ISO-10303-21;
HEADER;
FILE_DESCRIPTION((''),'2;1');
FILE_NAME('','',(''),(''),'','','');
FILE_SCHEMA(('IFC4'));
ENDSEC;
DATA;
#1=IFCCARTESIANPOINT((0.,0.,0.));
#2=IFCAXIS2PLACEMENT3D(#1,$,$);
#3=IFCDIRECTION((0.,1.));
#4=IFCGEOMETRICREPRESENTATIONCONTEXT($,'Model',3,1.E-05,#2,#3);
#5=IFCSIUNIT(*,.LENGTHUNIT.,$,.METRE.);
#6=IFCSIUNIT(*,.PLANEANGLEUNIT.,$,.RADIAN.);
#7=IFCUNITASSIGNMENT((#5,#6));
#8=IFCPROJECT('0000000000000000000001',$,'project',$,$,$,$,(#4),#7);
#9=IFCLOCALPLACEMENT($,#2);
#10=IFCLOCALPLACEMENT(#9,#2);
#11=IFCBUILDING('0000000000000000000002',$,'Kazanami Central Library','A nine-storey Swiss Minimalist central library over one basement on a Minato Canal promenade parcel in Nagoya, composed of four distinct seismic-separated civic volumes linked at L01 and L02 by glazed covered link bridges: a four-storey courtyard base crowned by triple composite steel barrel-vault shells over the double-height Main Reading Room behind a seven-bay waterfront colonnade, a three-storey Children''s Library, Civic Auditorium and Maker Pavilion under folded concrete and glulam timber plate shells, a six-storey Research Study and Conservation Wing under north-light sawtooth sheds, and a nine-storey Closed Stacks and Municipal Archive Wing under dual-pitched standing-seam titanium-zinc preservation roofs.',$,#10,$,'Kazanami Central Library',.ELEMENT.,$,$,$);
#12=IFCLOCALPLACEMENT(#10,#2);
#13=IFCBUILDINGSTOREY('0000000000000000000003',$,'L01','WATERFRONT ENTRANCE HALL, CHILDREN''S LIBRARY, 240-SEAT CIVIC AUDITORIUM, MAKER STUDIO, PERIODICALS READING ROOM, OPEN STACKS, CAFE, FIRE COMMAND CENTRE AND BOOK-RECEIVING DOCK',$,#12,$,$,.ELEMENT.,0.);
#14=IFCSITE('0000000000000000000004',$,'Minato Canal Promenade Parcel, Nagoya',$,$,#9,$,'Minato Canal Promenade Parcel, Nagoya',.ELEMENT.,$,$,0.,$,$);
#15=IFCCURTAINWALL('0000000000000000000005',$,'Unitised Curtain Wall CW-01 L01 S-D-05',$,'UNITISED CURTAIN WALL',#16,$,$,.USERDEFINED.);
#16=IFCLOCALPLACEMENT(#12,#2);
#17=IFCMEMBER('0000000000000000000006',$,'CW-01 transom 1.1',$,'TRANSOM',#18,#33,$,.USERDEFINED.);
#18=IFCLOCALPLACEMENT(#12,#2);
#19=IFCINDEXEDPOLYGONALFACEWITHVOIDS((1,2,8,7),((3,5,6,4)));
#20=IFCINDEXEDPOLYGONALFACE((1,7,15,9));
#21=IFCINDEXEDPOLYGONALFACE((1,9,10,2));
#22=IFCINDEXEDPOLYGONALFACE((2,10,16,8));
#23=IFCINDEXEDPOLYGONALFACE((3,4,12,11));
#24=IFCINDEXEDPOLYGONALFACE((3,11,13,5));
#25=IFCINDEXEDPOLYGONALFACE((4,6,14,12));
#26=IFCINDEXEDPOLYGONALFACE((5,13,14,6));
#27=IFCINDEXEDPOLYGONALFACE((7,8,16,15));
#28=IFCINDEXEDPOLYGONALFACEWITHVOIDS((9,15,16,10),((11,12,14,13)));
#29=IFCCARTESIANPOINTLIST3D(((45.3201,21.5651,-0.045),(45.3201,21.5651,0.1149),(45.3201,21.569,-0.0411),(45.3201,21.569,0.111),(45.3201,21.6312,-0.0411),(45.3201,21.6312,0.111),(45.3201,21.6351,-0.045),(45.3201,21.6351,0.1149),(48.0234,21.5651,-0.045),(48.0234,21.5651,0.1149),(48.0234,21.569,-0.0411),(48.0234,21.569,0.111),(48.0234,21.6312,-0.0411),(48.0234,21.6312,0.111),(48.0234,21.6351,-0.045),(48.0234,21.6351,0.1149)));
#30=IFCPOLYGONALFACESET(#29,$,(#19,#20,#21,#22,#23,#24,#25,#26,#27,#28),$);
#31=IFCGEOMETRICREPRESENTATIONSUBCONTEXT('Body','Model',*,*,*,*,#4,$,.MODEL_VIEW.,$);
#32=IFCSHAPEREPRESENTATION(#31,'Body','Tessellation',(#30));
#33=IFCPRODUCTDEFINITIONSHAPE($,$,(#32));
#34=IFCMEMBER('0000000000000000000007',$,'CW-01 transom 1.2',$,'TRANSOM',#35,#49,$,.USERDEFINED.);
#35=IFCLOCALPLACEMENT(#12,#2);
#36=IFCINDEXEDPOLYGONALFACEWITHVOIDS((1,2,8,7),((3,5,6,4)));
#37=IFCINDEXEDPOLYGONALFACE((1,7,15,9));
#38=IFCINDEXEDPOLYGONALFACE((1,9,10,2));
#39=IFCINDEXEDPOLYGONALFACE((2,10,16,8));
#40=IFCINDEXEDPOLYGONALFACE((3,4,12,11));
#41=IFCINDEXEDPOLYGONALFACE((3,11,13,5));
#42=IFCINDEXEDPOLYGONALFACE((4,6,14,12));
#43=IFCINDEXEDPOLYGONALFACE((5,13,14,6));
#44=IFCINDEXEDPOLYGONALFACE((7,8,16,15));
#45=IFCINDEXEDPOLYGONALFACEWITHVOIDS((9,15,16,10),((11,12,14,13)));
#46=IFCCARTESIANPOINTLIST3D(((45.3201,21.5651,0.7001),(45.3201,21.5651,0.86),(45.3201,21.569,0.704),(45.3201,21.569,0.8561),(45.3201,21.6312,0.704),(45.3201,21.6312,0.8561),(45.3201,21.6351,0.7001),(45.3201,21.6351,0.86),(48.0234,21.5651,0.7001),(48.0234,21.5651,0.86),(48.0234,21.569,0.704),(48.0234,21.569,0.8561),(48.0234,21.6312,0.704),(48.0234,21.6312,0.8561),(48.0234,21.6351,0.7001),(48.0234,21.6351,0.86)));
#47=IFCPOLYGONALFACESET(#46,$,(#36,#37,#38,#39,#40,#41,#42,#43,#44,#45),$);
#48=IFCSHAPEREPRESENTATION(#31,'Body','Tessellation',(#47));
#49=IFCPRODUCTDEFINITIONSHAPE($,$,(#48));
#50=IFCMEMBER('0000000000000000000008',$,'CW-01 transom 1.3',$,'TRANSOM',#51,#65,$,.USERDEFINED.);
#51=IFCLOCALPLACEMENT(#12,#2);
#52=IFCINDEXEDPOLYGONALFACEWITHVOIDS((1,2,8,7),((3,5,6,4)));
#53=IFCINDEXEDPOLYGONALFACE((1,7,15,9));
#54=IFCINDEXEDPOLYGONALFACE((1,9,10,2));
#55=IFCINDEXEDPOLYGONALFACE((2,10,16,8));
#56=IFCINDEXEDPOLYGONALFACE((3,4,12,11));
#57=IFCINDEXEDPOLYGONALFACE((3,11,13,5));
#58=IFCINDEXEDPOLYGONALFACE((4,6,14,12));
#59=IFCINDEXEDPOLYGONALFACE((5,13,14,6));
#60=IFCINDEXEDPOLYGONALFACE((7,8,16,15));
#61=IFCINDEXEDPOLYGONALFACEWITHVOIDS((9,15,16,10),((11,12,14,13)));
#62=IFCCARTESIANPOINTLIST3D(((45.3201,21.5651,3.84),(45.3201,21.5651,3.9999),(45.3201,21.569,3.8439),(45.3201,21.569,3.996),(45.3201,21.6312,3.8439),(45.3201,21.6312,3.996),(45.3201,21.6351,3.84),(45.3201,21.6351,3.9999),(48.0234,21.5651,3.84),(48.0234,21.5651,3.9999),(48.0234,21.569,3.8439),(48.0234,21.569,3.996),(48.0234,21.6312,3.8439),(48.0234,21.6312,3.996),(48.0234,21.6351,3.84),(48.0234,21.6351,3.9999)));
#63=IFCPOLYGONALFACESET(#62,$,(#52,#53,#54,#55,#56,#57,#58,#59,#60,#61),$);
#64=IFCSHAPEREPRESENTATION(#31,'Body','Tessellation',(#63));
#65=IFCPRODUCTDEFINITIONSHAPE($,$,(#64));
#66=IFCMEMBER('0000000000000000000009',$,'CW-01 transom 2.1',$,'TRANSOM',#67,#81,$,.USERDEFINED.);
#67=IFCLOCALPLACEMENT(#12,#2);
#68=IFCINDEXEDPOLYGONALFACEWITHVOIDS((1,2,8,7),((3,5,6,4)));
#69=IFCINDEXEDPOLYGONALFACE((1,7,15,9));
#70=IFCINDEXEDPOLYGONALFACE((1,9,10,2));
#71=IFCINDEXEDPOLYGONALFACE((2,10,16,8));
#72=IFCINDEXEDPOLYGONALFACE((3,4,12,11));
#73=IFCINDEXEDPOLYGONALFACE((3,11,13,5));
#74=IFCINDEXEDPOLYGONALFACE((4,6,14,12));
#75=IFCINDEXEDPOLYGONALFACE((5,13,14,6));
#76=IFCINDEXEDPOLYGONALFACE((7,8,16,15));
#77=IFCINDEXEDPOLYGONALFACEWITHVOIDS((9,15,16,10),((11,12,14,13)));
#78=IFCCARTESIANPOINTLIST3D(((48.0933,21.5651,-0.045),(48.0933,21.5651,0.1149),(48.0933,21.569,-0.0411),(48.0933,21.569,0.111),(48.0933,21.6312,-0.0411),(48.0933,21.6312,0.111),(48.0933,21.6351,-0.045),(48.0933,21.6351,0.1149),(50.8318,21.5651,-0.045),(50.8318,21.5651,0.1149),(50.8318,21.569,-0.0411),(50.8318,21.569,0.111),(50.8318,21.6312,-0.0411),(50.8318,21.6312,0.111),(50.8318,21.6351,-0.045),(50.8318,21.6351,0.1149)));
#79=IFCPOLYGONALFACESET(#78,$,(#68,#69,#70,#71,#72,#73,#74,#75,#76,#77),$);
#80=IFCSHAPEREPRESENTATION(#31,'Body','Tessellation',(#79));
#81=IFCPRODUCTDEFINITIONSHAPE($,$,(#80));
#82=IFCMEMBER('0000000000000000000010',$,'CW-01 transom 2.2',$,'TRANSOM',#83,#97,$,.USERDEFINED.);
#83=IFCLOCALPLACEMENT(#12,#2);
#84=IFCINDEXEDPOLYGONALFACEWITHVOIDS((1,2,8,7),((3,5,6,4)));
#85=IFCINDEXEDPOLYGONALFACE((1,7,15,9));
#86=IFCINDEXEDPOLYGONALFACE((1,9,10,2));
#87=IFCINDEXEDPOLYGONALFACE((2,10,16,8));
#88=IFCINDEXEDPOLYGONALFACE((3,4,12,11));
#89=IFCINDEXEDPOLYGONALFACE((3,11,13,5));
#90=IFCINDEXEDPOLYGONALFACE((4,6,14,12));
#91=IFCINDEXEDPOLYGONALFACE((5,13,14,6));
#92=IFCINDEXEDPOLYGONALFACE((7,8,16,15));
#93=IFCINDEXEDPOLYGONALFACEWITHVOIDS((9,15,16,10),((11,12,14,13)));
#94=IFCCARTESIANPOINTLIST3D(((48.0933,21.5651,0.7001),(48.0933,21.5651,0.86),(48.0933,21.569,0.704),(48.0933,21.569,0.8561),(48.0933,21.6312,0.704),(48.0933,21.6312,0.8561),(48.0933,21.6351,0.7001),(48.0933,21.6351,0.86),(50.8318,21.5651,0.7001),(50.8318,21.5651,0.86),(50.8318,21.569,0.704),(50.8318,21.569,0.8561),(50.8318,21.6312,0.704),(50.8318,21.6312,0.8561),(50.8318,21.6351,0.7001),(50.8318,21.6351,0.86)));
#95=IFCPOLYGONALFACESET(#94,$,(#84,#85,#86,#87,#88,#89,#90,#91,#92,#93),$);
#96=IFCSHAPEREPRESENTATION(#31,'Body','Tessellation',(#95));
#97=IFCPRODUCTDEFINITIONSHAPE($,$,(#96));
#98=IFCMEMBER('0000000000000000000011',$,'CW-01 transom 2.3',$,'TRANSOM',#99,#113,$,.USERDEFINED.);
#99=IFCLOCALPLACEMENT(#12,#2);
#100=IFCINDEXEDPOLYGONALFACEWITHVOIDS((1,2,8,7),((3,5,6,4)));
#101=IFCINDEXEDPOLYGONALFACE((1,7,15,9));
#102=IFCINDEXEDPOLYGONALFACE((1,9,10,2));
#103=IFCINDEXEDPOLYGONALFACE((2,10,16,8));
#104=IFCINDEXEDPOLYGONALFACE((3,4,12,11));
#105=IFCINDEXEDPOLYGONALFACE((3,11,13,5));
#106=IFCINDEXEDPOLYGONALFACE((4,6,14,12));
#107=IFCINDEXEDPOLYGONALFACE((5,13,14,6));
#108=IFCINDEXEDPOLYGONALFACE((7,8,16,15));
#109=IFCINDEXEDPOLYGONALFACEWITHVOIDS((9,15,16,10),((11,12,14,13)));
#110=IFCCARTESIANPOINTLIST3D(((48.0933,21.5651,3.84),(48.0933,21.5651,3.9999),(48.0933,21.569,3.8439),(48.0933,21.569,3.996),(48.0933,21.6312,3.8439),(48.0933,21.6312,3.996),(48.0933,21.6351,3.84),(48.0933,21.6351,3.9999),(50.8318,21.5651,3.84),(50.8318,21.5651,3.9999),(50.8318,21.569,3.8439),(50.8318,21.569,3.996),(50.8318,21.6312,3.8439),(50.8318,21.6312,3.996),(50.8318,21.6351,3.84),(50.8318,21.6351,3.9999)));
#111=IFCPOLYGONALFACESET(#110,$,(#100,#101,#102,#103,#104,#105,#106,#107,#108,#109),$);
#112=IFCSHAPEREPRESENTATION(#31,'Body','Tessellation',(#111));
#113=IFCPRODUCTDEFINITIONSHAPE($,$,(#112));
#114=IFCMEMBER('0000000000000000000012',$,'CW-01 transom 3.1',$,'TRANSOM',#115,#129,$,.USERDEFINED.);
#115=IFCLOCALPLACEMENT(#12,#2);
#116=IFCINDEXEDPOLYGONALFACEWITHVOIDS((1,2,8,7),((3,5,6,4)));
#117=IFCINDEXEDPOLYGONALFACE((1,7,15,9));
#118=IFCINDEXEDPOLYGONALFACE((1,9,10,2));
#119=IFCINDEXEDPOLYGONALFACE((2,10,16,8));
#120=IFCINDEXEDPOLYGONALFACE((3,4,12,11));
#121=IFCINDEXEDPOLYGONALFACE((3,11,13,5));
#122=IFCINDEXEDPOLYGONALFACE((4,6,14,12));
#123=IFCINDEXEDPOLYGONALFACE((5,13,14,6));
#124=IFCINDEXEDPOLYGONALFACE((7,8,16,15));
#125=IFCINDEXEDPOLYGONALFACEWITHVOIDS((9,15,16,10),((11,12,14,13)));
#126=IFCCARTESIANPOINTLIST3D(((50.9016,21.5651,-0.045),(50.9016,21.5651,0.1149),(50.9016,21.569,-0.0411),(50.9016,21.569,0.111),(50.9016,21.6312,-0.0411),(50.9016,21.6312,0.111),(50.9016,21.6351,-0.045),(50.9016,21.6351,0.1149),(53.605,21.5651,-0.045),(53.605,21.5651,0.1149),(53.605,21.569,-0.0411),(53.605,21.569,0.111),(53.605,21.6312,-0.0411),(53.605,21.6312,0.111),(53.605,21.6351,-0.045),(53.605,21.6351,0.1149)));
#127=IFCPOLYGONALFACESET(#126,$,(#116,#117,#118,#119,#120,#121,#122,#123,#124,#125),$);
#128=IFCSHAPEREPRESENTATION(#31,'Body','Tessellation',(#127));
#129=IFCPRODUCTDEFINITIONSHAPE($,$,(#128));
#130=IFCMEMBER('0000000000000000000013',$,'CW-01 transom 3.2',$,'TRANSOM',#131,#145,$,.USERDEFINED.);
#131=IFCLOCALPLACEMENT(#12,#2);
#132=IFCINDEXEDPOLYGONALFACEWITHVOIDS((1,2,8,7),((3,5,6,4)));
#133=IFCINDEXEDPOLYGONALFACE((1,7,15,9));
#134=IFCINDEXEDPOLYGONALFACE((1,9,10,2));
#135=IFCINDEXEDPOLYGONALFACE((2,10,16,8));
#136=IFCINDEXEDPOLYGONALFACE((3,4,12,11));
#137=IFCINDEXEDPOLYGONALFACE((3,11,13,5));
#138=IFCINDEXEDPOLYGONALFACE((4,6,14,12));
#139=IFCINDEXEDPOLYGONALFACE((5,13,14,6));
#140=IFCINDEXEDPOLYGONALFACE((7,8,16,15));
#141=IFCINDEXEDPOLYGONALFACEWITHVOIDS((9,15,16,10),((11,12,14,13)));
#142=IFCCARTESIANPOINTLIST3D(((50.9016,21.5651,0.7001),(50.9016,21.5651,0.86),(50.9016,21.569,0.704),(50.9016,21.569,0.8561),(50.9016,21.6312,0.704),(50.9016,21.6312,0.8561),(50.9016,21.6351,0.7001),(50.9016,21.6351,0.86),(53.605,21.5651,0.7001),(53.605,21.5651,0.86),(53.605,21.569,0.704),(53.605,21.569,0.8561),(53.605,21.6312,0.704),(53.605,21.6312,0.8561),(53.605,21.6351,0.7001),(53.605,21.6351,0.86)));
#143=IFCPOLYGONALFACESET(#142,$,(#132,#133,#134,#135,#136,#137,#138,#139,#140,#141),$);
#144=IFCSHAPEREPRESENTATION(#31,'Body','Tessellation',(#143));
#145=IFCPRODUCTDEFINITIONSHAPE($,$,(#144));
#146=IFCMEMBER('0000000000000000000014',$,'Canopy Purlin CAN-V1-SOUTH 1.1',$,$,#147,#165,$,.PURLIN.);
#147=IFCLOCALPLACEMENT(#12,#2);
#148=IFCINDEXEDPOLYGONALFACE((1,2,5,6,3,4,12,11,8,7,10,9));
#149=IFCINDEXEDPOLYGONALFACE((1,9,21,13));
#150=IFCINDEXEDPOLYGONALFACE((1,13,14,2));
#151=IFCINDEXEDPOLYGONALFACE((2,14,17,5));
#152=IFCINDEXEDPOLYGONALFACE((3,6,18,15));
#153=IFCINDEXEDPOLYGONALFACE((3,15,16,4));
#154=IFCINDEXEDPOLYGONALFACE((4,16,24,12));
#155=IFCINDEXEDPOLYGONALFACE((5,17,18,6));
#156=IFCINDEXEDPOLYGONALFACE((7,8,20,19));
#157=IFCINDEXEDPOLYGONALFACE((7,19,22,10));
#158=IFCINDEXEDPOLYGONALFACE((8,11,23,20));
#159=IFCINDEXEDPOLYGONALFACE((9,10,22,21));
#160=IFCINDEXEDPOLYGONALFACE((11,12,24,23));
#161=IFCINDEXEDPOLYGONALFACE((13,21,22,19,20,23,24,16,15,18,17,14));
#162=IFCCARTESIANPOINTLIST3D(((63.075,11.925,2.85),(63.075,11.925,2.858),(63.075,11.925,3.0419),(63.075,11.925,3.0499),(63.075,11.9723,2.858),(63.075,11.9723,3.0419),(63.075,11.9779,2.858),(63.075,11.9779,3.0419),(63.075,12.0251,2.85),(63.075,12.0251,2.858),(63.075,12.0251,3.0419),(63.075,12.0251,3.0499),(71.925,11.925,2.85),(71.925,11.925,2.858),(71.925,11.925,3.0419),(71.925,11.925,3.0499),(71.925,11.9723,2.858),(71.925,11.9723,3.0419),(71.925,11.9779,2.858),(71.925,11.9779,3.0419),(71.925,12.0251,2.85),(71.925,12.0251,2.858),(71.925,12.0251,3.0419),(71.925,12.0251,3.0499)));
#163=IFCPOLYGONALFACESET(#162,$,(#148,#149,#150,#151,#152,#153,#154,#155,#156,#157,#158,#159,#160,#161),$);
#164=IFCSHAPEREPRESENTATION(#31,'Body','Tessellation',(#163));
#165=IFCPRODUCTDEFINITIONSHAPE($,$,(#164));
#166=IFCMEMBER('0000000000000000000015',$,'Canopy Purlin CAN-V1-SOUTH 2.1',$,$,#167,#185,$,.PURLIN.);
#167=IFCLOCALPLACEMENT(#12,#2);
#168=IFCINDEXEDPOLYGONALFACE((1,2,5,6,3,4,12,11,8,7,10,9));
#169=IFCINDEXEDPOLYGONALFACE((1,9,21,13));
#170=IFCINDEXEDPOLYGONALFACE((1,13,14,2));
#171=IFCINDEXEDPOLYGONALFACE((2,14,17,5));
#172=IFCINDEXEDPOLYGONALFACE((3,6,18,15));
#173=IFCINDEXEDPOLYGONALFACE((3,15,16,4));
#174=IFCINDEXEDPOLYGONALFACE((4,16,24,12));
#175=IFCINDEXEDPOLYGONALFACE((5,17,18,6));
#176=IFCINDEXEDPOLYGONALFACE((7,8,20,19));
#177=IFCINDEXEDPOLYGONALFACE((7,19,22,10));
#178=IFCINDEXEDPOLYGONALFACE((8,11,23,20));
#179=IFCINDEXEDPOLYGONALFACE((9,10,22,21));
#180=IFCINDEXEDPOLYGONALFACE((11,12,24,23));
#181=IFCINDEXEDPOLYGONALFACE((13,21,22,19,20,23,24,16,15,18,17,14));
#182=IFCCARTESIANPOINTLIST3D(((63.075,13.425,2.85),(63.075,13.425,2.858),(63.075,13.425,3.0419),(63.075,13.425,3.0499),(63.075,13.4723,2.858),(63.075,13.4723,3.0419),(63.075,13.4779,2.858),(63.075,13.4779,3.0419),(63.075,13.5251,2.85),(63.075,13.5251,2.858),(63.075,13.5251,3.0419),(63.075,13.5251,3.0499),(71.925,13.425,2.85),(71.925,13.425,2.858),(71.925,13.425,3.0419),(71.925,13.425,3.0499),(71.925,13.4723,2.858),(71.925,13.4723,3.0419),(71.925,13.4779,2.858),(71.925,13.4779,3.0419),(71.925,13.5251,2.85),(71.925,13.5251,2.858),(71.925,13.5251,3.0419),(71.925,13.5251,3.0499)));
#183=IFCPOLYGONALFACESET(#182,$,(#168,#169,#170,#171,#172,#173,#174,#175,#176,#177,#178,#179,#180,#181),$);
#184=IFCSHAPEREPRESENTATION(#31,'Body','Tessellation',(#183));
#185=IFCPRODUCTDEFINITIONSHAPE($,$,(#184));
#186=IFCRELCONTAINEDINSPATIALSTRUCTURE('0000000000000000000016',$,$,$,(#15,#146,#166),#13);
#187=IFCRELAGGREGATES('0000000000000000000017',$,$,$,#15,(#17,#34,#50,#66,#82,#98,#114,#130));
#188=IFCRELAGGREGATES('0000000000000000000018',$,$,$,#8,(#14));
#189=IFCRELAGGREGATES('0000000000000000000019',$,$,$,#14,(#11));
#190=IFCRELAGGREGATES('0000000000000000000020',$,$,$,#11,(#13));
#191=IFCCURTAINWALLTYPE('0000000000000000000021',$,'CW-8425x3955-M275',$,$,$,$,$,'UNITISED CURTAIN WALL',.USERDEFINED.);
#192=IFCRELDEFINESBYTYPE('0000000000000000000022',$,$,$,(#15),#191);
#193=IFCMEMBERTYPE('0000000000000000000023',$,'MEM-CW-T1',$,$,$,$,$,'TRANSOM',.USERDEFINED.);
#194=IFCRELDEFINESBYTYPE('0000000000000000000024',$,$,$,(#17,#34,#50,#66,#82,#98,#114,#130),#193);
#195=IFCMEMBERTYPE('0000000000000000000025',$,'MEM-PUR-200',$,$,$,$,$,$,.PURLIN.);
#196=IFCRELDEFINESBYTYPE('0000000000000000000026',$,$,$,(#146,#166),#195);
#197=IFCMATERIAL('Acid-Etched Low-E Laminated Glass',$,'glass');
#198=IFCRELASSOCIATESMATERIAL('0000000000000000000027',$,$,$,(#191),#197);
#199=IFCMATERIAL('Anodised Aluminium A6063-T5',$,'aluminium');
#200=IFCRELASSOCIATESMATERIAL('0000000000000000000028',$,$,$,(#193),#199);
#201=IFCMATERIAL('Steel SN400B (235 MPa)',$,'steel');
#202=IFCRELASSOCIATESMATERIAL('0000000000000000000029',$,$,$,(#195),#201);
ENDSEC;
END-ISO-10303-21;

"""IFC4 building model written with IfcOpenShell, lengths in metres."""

from ifc_helpers import new_model, si_unit, direction, frame, origin, origin_2d, place, context, subcontext, project, spatial, hollow_rectangle, i_section, extrude, material, material_profile, profile_set, type_object, element, aggregate, save


model = new_model("IFC4")

# Units and contexts
model_context = context("Model", 3, precision=1e-05, world=origin(), true_north=direction((0.0, 1.0)))
body_context = subcontext(model_context, "Body", "Model", "MODEL_VIEW")
ifc_project = project(units=[si_unit("LENGTHUNIT", "METRE"), si_unit("PLANEANGLEUNIT", "RADIAN")], contexts=[model_context])

# Site, building, storey
site_placement = place(None, origin())
site = spatial("IfcSite", under=ifc_project, at=site_placement, Name="Minato Canal Promenade Parcel, Nagoya", LongName="Minato Canal Promenade Parcel, Nagoya", CompositionType="ELEMENT", RefElevation=0.0)
building_placement = place(site_placement, origin())
building = spatial("IfcBuilding", under=site, at=building_placement, Name="Kazanami Central Library", Description="A nine-storey Swiss Minimalist central library over one basement on a Minato Canal promenade parcel in Nagoya, composed of four distinct seismic-separated civic volumes linked at L01 and L02 by glazed covered link bridges: a four-storey courtyard base crowned by triple composite steel barrel-vault shells over the double-height Main Reading Room behind a seven-bay waterfront colonnade, a three-storey Children's Library, Civic Auditorium and Maker Pavilion under folded concrete and glulam timber plate shells, a six-storey Research Study and Conservation Wing under north-light sawtooth sheds, and a nine-storey Closed Stacks and Municipal Archive Wing under dual-pitched standing-seam titanium-zinc preservation roofs.", LongName="Kazanami Central Library", CompositionType="ELEMENT")
storey_placement = place(building_placement, origin())
storey = spatial("IfcBuildingStorey", under=building, at=storey_placement, Name="L01", Description="WATERFRONT ENTRANCE HALL, CHILDREN'S LIBRARY, 240-SEAT CIVIC AUDITORIUM, MAKER STUDIO, PERIODICALS READING ROOM, OPEN STACKS, CAFE, FIRE COMMAND CENTRE AND BOOK-RECEIVING DOCK", CompositionType="ELEMENT", Elevation=0.0)

# Shared definitions
ifc_material_1 = material(Name="Steel SN400B (235 MPa)", Category="steel")

# Curtain wall, members
ifc_material_2 = material(Name="Acid-Etched Low-E Laminated Glass", Category="glass")
curtain_wall_type = type_object("IfcCurtainWallType", Name="CW-8425x3955-M275", ElementType="UNITISED CURTAIN WALL", PredefinedType="USERDEFINED", material=ifc_material_2)
curtain_wall_placement = place(storey_placement, origin())
curtain_wall = element("IfcCurtainWall", 1, at=curtain_wall_placement, inside=storey, type_object=curtain_wall_type, Name="Unitised Curtain Wall CW-01 L01 S-D-05", ObjectType="UNITISED CURTAIN WALL", PredefinedType="USERDEFINED")
ifc_material_3 = material(Name="Anodised Aluminium A6063-T5", Category="aluminium")
ifc_material_profile_1 = material_profile(ifc_material_3, hollow_rectangle(XDim=0.0701, YDim=0.1599, WallThickness=0.0039, at=origin_2d()), Name="ALU-TRAN-70x160x4")
ifc_profile_set_1 = profile_set([ifc_material_profile_1], Name="Anodised Aluminium A6063-T5")
member_type_1 = type_object("IfcMemberType", Name="MEM-CW-T1", ElementType="TRANSOM", PredefinedType="USERDEFINED", material=ifc_profile_set_1)
member_1_placement = place(storey_placement, frame((45.3201, 21.6001, 0.0349), z_axis=(1.0, 0.0, 0.0), x_axis=(0.0, 1.0, 0.0)))
member_1 = element("IfcMember", 2, at=member_1_placement, type_object=member_type_1, Name="CW-01 transom 1.1", ObjectType="TRANSOM", PredefinedType="USERDEFINED", context=body_context, shape_type="SweptSolid", body=[
    extrude(hollow_rectangle(XDim=0.0701, YDim=0.1599, WallThickness=0.0039, at=origin_2d()), origin(), (0.0, 0.0, 1.0), 2.7034),
])
member_2_placement = place(storey_placement, frame((45.3201, 21.6001, 0.78), z_axis=(1.0, 0.0, 0.0), x_axis=(0.0, 1.0, 0.0)))
member_2 = element("IfcMember", 3, at=member_2_placement, type_object=member_type_1, Name="CW-01 transom 1.2", ObjectType="TRANSOM", PredefinedType="USERDEFINED", context=body_context, shape_type="SweptSolid", body=[
    extrude(hollow_rectangle(XDim=0.0701, YDim=0.1599, WallThickness=0.0039, at=origin_2d()), origin(), (0.0, 0.0, 1.0), 2.7034),
])
member_3_placement = place(storey_placement, frame((45.3201, 21.6001, 3.9199), z_axis=(1.0, 0.0, 0.0), x_axis=(0.0, 1.0, 0.0)))
member_3 = element("IfcMember", 4, at=member_3_placement, type_object=member_type_1, Name="CW-01 transom 1.3", ObjectType="TRANSOM", PredefinedType="USERDEFINED", context=body_context, shape_type="SweptSolid", body=[
    extrude(hollow_rectangle(XDim=0.0701, YDim=0.1599, WallThickness=0.0039, at=origin_2d()), origin(), (0.0, 0.0, 1.0), 2.7034),
])
member_4_placement = place(storey_placement, frame((48.0933, 21.6001, 0.0349), z_axis=(1.0, 0.0, 0.0), x_axis=(0.0, 1.0, 0.0)))
member_4 = element("IfcMember", 5, at=member_4_placement, type_object=member_type_1, Name="CW-01 transom 2.1", ObjectType="TRANSOM", PredefinedType="USERDEFINED", context=body_context, shape_type="SweptSolid", body=[
    extrude(hollow_rectangle(XDim=0.0701, YDim=0.1599, WallThickness=0.0039, at=origin_2d()), origin(), (0.0, 0.0, 1.0), 2.7385),
])
member_5_placement = place(storey_placement, frame((48.0933, 21.6001, 0.78), z_axis=(1.0, 0.0, 0.0), x_axis=(0.0, 1.0, 0.0)))
member_5 = element("IfcMember", 6, at=member_5_placement, type_object=member_type_1, Name="CW-01 transom 2.2", ObjectType="TRANSOM", PredefinedType="USERDEFINED", context=body_context, shape_type="SweptSolid", body=[
    extrude(hollow_rectangle(XDim=0.0701, YDim=0.1599, WallThickness=0.0039, at=origin_2d()), origin(), (0.0, 0.0, 1.0), 2.7385),
])
member_6_placement = place(storey_placement, frame((48.0933, 21.6001, 3.9199), z_axis=(1.0, 0.0, 0.0), x_axis=(0.0, 1.0, 0.0)))
member_6 = element("IfcMember", 7, at=member_6_placement, type_object=member_type_1, Name="CW-01 transom 2.3", ObjectType="TRANSOM", PredefinedType="USERDEFINED", context=body_context, shape_type="SweptSolid", body=[
    extrude(hollow_rectangle(XDim=0.0701, YDim=0.1599, WallThickness=0.0039, at=origin_2d()), origin(), (0.0, 0.0, 1.0), 2.7385),
])
member_7_placement = place(storey_placement, frame((50.9016, 21.6001, 0.0349), z_axis=(1.0, 0.0, 0.0), x_axis=(0.0, 1.0, 0.0)))
member_7 = element("IfcMember", 8, at=member_7_placement, type_object=member_type_1, Name="CW-01 transom 3.1", ObjectType="TRANSOM", PredefinedType="USERDEFINED", context=body_context, shape_type="SweptSolid", body=[
    extrude(hollow_rectangle(XDim=0.0701, YDim=0.1599, WallThickness=0.0039, at=origin_2d()), origin(), (0.0, 0.0, 1.0), 2.7034),
])
member_8_placement = place(storey_placement, frame((50.9016, 21.6001, 0.78), z_axis=(1.0, 0.0, 0.0), x_axis=(0.0, 1.0, 0.0)))
member_8 = element("IfcMember", 9, at=member_8_placement, type_object=member_type_1, Name="CW-01 transom 3.2", ObjectType="TRANSOM", PredefinedType="USERDEFINED", context=body_context, shape_type="SweptSolid", body=[
    extrude(hollow_rectangle(XDim=0.0701, YDim=0.1599, WallThickness=0.0039, at=origin_2d()), origin(), (0.0, 0.0, 1.0), 2.7034),
])

# Members
ifc_material_profile_2 = material_profile(ifc_material_1, i_section(OverallWidth=0.1001, OverallDepth=0.2, WebThickness=0.0056, FlangeThickness=0.0081, at=origin_2d()), Name="H-200x100x5.5x8")
ifc_profile_set_2 = profile_set([ifc_material_profile_2], Name="Steel SN400B (235 MPa)")
member_type_2 = type_object("IfcMemberType", Name="MEM-PUR-200", PredefinedType="PURLIN", material=ifc_profile_set_2)
for number, where, z_axis, x_axis, name in (
    (10, (63.075, 11.9751, 2.95), (1.0, 0.0, 0.0), (0.0, 1.0, 0.0), "Canopy Purlin CAN-V1-SOUTH 1.1"),
    (11, (63.075, 13.4751, 2.95), (1.0, 0.0, 0.0), (0.0, 1.0, 0.0), "Canopy Purlin CAN-V1-SOUTH 2.1"),
):
    element("IfcMember", number, at=place(storey_placement, frame(where, z_axis=z_axis, x_axis=x_axis)), inside=storey, type_object=member_type_2, Name=name, PredefinedType="PURLIN", context=body_context, shape_type="SweptSolid", body=[
        extrude(i_section(OverallWidth=0.1001, OverallDepth=0.2, WebThickness=0.0056, FlangeThickness=0.0081, at=origin_2d()), origin(), (0.0, 0.0, 1.0), 8.8501),
    ])

aggregate(curtain_wall, [member_1, member_2, member_3, member_4, member_5, member_6, member_7, member_8])

save(model, "model.ifc")
